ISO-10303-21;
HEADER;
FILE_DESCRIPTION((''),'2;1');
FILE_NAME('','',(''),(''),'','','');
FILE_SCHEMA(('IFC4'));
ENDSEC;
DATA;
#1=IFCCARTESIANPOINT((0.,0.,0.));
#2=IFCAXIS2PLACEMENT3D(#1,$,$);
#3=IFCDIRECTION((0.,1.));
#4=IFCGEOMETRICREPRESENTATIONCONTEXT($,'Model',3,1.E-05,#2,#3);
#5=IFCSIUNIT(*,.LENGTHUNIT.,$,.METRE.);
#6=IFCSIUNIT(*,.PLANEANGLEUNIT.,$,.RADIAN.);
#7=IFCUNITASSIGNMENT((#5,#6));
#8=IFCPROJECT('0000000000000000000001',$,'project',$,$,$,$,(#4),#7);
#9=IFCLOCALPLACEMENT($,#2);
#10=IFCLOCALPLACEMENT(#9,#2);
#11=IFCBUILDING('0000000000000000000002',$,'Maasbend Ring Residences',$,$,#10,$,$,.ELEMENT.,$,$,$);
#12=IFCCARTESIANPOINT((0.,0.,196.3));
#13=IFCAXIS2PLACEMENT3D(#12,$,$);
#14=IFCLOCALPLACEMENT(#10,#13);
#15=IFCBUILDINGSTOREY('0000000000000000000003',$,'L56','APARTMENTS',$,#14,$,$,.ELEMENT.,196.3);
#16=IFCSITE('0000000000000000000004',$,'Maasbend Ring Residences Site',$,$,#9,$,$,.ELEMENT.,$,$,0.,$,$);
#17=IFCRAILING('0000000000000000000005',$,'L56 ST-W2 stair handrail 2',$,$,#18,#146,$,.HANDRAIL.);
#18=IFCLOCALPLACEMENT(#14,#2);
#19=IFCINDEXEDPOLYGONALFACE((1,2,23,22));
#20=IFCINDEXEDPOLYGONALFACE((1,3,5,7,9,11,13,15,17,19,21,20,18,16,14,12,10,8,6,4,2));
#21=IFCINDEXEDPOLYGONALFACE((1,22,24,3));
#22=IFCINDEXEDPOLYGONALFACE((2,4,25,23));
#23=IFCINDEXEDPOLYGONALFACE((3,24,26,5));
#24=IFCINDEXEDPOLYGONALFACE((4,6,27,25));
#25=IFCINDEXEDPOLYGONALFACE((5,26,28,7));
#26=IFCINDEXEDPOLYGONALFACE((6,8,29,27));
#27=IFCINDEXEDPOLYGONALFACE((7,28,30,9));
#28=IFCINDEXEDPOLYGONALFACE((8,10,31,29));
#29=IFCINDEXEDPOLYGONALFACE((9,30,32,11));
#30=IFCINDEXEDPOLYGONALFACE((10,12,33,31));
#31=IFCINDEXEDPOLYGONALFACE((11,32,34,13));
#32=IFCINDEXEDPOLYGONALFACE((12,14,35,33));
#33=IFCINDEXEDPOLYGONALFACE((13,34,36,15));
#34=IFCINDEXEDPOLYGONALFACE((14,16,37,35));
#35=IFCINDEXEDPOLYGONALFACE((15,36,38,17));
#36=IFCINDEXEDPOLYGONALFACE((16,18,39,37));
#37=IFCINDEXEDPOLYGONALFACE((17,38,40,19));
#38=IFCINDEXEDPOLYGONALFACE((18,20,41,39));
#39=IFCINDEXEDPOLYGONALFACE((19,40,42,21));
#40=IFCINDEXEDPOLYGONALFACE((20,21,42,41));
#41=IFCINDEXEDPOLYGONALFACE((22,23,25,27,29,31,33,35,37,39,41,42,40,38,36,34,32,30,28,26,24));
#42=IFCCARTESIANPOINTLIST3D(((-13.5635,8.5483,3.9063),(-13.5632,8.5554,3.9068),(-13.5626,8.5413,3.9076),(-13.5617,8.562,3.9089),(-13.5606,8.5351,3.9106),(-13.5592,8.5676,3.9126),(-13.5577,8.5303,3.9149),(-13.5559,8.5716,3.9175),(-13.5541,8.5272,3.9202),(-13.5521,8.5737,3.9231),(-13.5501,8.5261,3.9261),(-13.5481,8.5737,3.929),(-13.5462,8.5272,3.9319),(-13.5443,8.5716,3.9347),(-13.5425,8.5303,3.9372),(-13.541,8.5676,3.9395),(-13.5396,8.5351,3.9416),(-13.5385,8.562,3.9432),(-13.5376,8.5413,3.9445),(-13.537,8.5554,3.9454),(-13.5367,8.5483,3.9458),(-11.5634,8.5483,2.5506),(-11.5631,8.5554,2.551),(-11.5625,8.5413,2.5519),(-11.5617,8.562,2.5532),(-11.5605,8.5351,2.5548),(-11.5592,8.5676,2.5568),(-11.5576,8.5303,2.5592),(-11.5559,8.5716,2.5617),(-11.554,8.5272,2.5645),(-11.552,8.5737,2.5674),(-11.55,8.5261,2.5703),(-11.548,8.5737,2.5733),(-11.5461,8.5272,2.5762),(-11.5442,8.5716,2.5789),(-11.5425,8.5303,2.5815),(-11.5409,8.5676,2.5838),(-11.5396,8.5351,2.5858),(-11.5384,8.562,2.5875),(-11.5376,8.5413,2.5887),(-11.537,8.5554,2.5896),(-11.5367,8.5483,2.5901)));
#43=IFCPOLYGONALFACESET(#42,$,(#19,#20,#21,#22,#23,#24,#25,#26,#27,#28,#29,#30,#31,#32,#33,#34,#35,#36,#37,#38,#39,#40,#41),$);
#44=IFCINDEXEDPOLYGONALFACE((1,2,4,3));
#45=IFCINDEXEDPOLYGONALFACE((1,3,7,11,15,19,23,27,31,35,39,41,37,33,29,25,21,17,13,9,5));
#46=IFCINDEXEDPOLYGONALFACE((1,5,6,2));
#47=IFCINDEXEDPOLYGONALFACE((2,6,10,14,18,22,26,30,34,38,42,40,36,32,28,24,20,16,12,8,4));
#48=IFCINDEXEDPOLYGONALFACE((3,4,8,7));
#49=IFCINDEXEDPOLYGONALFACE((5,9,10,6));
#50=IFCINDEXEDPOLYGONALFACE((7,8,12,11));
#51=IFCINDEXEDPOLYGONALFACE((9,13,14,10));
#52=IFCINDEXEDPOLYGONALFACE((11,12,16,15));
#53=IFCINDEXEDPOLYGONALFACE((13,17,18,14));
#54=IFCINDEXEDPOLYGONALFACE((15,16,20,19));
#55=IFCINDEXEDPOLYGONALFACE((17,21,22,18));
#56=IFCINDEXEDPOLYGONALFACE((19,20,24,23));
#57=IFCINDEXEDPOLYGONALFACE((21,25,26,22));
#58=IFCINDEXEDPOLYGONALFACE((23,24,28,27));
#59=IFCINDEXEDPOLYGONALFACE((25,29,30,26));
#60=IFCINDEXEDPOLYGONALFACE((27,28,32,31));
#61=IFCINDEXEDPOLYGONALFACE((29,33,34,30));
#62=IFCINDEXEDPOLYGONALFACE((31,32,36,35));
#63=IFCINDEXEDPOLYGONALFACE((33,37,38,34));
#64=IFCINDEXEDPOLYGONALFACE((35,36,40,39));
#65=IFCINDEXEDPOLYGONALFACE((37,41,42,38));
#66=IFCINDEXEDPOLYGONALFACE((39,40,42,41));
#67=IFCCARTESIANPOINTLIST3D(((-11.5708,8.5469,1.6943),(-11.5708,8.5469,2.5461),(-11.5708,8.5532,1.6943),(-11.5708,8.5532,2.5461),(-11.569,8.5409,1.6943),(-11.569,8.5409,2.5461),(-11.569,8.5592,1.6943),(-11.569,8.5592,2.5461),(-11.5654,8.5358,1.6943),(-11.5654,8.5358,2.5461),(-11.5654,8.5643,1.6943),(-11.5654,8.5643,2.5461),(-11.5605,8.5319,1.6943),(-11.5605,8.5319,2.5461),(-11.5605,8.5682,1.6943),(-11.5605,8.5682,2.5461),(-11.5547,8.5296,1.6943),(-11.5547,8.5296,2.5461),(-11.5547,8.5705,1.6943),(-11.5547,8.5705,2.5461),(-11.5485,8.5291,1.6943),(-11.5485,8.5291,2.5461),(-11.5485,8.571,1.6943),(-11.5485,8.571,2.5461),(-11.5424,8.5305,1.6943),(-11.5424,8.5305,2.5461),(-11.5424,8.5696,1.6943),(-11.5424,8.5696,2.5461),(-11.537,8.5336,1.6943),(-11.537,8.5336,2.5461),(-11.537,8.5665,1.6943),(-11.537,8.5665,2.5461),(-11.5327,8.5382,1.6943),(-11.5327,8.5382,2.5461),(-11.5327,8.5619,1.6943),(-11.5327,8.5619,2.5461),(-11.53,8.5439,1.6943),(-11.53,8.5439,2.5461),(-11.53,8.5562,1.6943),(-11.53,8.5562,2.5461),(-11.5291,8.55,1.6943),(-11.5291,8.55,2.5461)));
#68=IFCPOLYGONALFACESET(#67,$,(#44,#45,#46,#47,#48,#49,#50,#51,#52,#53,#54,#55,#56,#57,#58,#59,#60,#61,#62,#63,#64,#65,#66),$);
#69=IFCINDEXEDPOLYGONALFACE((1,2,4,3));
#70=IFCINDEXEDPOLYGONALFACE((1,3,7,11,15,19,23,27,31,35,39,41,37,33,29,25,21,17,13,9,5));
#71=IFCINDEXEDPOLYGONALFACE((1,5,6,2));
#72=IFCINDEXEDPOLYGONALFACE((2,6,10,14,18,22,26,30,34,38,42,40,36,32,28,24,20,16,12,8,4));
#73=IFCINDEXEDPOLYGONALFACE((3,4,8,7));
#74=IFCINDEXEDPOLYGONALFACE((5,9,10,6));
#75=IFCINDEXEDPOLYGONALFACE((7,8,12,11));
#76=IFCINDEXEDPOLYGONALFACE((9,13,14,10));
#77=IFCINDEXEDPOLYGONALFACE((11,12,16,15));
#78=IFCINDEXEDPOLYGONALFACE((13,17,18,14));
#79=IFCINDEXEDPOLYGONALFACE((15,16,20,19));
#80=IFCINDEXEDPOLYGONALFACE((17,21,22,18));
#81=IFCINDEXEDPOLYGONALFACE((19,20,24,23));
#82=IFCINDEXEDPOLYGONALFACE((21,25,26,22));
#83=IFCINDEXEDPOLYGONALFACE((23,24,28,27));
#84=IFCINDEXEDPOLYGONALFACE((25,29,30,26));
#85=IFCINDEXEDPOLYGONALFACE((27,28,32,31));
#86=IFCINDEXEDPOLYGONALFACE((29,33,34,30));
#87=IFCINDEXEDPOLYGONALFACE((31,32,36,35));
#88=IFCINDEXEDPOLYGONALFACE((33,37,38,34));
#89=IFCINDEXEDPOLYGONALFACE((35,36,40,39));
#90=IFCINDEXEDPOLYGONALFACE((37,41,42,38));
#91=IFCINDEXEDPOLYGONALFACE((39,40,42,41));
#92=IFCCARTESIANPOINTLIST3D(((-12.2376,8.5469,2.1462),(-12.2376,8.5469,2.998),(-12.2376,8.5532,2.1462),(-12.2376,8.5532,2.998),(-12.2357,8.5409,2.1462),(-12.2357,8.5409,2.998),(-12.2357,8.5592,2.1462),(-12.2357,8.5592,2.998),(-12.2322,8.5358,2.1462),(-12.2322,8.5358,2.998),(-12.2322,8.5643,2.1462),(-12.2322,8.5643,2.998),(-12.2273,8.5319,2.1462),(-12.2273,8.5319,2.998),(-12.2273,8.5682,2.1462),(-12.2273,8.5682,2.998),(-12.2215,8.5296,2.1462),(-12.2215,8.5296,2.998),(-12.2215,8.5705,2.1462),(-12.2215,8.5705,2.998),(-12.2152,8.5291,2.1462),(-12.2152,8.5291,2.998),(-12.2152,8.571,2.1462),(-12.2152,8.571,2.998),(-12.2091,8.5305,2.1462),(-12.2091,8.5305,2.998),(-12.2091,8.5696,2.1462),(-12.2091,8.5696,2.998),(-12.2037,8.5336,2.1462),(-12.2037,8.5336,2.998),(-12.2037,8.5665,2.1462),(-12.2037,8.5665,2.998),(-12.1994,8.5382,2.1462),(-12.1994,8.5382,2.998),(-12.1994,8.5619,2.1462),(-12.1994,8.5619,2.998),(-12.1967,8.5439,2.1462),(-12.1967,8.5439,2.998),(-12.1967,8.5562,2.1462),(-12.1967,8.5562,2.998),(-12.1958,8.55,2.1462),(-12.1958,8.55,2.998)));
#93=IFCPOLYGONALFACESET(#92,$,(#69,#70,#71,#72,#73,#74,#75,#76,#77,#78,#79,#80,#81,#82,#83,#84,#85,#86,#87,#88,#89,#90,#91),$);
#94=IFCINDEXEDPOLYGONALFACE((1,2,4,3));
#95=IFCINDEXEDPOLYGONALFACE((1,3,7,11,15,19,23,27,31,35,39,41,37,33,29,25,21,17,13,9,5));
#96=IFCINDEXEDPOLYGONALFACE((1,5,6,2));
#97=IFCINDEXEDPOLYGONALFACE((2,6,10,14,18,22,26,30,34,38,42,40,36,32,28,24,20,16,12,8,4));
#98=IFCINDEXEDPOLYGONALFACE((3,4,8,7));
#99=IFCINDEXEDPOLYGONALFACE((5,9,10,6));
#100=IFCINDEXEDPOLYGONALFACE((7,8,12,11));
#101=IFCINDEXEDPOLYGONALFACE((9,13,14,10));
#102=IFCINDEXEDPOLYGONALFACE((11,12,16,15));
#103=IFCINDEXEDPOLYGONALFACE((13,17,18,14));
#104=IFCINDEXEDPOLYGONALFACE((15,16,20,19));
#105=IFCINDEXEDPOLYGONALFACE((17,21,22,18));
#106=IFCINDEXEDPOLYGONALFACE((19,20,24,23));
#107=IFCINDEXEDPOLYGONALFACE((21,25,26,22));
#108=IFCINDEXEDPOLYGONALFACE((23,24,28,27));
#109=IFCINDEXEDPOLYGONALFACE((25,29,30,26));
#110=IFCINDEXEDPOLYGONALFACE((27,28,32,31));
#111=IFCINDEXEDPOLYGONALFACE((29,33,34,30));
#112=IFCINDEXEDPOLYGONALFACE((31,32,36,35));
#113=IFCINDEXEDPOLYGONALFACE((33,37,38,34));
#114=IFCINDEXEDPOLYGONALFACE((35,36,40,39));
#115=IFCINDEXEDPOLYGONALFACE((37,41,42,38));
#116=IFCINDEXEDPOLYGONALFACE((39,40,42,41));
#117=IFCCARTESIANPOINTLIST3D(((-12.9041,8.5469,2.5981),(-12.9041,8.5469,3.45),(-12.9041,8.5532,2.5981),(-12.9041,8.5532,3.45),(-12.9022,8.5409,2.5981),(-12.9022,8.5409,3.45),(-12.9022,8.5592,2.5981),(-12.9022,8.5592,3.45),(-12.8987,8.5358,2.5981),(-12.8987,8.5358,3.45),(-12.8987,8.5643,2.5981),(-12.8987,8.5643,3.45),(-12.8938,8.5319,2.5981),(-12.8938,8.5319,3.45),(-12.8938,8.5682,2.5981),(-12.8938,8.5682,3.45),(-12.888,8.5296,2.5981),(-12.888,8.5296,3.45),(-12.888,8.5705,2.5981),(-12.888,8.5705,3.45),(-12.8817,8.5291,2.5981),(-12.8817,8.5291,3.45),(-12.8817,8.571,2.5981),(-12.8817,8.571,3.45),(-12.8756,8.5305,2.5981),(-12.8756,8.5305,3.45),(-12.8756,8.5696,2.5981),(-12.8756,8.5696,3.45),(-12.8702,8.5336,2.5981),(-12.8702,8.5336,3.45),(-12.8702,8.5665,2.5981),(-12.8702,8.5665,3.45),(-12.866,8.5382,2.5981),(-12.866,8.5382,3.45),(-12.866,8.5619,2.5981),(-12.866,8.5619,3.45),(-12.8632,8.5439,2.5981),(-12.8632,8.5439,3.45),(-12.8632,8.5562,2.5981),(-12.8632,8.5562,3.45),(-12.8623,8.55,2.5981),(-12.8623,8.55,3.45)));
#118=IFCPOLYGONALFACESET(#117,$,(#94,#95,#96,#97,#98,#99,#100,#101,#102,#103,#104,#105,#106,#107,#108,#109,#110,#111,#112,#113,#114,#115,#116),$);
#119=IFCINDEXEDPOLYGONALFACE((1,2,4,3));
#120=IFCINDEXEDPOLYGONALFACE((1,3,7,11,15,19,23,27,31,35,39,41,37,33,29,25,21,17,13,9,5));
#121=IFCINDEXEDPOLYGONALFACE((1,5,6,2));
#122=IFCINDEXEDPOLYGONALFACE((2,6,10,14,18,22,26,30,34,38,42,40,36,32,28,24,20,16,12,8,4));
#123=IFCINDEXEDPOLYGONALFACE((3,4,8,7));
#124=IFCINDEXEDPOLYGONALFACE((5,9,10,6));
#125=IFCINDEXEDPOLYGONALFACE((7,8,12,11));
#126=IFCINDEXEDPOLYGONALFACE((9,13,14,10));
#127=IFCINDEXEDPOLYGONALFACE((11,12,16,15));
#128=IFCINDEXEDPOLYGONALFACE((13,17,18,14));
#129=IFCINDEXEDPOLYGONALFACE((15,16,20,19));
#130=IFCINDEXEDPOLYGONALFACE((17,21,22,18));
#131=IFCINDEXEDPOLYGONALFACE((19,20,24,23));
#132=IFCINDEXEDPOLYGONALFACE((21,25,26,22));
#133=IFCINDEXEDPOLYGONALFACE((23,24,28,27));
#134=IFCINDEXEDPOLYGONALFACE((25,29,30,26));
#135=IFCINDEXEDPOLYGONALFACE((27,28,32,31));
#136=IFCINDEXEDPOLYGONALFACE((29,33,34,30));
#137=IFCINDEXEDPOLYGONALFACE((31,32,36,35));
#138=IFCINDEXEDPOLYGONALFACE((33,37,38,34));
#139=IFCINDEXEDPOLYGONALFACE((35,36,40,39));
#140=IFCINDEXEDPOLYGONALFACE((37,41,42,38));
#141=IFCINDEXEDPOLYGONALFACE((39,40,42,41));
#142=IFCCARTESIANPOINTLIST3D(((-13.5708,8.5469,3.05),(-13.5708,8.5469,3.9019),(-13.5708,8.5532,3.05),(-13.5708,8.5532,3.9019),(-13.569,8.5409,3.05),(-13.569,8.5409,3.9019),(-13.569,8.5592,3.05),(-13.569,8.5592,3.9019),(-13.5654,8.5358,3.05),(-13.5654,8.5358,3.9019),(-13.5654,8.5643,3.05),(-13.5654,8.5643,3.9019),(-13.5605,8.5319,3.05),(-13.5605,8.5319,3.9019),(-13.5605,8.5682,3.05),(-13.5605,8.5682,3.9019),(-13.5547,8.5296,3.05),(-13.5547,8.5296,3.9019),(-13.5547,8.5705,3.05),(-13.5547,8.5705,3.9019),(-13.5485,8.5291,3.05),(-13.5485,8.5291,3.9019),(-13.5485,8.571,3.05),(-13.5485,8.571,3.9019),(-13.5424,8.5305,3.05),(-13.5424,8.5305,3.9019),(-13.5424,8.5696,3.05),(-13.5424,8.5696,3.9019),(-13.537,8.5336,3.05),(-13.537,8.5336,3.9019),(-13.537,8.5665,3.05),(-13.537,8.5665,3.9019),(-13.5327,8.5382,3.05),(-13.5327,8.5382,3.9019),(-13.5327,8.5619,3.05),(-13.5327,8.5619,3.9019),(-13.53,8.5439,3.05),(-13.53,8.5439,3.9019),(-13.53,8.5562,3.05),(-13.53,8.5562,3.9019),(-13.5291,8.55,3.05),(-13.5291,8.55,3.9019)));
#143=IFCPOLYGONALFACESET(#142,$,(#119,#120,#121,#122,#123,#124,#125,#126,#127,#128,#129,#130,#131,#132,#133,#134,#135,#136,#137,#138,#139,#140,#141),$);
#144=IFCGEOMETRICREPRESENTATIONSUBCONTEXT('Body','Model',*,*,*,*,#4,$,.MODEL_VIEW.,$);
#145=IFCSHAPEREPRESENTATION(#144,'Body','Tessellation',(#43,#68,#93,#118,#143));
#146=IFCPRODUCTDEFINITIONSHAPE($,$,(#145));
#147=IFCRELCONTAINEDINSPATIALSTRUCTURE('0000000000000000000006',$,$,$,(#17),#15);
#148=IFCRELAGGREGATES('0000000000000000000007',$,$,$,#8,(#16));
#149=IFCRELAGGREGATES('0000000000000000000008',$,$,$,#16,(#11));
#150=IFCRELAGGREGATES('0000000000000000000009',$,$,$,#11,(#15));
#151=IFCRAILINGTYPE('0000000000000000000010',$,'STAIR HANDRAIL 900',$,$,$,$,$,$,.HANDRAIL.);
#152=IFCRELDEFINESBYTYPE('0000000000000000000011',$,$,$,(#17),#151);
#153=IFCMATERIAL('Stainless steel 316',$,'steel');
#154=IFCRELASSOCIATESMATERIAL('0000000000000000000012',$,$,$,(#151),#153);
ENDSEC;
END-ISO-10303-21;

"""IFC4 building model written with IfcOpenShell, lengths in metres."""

from ifc_helpers import new_model, si_unit, direction, frame, origin, origin_2d, place, context, subcontext, project, spatial, circle, extrude, material, type_object, element, save


model = new_model("IFC4")

# Units and contexts
model_context = context("Model", 3, precision=1e-05, world=origin(), true_north=direction((0.0, 1.0)))
body_context = subcontext(model_context, "Body", "Model", "MODEL_VIEW")
ifc_project = project(units=[si_unit("LENGTHUNIT", "METRE"), si_unit("PLANEANGLEUNIT", "RADIAN")], contexts=[model_context])

# Site, building, storey
site_placement = place(None, origin())
site = spatial("IfcSite", under=ifc_project, at=site_placement, Name="Maasbend Ring Residences Site", CompositionType="ELEMENT", RefElevation=0.0)
building_placement = place(site_placement, origin())
building = spatial("IfcBuilding", under=site, at=building_placement, Name="Maasbend Ring Residences", CompositionType="ELEMENT")
storey_placement = place(building_placement, frame((0.0, 0.0, 196.3)))
storey = spatial("IfcBuildingStorey", under=building, at=storey_placement, Name="L56", Description="APARTMENTS", CompositionType="ELEMENT", Elevation=196.3)

# Railing
ifc_material_1 = material(Name="Stainless steel 316", Category="steel")
railing_type = type_object("IfcRailingType", Name="STAIR HANDRAIL 900", PredefinedType="HANDRAIL", material=ifc_material_1)
railing_1_placement = place(storey_placement, frame((-11.55, 8.55, 1.6943)))
element("IfcRailing", 1, at=railing_1_placement, inside=storey, type_object=railing_type, Name="L56 ST-W2 stair handrail 2", PredefinedType="HANDRAIL", context=body_context, shape_type="SweptSolid", body=[
    extrude(circle(Radius=0.0239, at=origin_2d()), frame((0.0, 0.0, 0.876), z_axis=(-0.827751, 0.0, 0.561096), x_axis=(0.0, -1.0, 0.0)), (0.0, 0.0, 1.0), 2.4163),
    extrude(circle(Radius=0.021, at=origin_2d()), origin(), (0.0, 0.0, 1.0), 0.8518),
    extrude(circle(Radius=0.021, at=origin_2d()), frame((-0.6667, 0.0, 0.4519)), (0.0, 0.0, 1.0), 0.8518),
    extrude(circle(Radius=0.021, at=origin_2d()), frame((-1.3333, 0.0, 0.9038)), (0.0, 0.0, 1.0), 0.8518),
    extrude(circle(Radius=0.021, at=origin_2d()), frame((-2.0, 0.0, 1.3557)), (0.0, 0.0, 1.0), 0.8518),
])

save(model, "model.ifc")
